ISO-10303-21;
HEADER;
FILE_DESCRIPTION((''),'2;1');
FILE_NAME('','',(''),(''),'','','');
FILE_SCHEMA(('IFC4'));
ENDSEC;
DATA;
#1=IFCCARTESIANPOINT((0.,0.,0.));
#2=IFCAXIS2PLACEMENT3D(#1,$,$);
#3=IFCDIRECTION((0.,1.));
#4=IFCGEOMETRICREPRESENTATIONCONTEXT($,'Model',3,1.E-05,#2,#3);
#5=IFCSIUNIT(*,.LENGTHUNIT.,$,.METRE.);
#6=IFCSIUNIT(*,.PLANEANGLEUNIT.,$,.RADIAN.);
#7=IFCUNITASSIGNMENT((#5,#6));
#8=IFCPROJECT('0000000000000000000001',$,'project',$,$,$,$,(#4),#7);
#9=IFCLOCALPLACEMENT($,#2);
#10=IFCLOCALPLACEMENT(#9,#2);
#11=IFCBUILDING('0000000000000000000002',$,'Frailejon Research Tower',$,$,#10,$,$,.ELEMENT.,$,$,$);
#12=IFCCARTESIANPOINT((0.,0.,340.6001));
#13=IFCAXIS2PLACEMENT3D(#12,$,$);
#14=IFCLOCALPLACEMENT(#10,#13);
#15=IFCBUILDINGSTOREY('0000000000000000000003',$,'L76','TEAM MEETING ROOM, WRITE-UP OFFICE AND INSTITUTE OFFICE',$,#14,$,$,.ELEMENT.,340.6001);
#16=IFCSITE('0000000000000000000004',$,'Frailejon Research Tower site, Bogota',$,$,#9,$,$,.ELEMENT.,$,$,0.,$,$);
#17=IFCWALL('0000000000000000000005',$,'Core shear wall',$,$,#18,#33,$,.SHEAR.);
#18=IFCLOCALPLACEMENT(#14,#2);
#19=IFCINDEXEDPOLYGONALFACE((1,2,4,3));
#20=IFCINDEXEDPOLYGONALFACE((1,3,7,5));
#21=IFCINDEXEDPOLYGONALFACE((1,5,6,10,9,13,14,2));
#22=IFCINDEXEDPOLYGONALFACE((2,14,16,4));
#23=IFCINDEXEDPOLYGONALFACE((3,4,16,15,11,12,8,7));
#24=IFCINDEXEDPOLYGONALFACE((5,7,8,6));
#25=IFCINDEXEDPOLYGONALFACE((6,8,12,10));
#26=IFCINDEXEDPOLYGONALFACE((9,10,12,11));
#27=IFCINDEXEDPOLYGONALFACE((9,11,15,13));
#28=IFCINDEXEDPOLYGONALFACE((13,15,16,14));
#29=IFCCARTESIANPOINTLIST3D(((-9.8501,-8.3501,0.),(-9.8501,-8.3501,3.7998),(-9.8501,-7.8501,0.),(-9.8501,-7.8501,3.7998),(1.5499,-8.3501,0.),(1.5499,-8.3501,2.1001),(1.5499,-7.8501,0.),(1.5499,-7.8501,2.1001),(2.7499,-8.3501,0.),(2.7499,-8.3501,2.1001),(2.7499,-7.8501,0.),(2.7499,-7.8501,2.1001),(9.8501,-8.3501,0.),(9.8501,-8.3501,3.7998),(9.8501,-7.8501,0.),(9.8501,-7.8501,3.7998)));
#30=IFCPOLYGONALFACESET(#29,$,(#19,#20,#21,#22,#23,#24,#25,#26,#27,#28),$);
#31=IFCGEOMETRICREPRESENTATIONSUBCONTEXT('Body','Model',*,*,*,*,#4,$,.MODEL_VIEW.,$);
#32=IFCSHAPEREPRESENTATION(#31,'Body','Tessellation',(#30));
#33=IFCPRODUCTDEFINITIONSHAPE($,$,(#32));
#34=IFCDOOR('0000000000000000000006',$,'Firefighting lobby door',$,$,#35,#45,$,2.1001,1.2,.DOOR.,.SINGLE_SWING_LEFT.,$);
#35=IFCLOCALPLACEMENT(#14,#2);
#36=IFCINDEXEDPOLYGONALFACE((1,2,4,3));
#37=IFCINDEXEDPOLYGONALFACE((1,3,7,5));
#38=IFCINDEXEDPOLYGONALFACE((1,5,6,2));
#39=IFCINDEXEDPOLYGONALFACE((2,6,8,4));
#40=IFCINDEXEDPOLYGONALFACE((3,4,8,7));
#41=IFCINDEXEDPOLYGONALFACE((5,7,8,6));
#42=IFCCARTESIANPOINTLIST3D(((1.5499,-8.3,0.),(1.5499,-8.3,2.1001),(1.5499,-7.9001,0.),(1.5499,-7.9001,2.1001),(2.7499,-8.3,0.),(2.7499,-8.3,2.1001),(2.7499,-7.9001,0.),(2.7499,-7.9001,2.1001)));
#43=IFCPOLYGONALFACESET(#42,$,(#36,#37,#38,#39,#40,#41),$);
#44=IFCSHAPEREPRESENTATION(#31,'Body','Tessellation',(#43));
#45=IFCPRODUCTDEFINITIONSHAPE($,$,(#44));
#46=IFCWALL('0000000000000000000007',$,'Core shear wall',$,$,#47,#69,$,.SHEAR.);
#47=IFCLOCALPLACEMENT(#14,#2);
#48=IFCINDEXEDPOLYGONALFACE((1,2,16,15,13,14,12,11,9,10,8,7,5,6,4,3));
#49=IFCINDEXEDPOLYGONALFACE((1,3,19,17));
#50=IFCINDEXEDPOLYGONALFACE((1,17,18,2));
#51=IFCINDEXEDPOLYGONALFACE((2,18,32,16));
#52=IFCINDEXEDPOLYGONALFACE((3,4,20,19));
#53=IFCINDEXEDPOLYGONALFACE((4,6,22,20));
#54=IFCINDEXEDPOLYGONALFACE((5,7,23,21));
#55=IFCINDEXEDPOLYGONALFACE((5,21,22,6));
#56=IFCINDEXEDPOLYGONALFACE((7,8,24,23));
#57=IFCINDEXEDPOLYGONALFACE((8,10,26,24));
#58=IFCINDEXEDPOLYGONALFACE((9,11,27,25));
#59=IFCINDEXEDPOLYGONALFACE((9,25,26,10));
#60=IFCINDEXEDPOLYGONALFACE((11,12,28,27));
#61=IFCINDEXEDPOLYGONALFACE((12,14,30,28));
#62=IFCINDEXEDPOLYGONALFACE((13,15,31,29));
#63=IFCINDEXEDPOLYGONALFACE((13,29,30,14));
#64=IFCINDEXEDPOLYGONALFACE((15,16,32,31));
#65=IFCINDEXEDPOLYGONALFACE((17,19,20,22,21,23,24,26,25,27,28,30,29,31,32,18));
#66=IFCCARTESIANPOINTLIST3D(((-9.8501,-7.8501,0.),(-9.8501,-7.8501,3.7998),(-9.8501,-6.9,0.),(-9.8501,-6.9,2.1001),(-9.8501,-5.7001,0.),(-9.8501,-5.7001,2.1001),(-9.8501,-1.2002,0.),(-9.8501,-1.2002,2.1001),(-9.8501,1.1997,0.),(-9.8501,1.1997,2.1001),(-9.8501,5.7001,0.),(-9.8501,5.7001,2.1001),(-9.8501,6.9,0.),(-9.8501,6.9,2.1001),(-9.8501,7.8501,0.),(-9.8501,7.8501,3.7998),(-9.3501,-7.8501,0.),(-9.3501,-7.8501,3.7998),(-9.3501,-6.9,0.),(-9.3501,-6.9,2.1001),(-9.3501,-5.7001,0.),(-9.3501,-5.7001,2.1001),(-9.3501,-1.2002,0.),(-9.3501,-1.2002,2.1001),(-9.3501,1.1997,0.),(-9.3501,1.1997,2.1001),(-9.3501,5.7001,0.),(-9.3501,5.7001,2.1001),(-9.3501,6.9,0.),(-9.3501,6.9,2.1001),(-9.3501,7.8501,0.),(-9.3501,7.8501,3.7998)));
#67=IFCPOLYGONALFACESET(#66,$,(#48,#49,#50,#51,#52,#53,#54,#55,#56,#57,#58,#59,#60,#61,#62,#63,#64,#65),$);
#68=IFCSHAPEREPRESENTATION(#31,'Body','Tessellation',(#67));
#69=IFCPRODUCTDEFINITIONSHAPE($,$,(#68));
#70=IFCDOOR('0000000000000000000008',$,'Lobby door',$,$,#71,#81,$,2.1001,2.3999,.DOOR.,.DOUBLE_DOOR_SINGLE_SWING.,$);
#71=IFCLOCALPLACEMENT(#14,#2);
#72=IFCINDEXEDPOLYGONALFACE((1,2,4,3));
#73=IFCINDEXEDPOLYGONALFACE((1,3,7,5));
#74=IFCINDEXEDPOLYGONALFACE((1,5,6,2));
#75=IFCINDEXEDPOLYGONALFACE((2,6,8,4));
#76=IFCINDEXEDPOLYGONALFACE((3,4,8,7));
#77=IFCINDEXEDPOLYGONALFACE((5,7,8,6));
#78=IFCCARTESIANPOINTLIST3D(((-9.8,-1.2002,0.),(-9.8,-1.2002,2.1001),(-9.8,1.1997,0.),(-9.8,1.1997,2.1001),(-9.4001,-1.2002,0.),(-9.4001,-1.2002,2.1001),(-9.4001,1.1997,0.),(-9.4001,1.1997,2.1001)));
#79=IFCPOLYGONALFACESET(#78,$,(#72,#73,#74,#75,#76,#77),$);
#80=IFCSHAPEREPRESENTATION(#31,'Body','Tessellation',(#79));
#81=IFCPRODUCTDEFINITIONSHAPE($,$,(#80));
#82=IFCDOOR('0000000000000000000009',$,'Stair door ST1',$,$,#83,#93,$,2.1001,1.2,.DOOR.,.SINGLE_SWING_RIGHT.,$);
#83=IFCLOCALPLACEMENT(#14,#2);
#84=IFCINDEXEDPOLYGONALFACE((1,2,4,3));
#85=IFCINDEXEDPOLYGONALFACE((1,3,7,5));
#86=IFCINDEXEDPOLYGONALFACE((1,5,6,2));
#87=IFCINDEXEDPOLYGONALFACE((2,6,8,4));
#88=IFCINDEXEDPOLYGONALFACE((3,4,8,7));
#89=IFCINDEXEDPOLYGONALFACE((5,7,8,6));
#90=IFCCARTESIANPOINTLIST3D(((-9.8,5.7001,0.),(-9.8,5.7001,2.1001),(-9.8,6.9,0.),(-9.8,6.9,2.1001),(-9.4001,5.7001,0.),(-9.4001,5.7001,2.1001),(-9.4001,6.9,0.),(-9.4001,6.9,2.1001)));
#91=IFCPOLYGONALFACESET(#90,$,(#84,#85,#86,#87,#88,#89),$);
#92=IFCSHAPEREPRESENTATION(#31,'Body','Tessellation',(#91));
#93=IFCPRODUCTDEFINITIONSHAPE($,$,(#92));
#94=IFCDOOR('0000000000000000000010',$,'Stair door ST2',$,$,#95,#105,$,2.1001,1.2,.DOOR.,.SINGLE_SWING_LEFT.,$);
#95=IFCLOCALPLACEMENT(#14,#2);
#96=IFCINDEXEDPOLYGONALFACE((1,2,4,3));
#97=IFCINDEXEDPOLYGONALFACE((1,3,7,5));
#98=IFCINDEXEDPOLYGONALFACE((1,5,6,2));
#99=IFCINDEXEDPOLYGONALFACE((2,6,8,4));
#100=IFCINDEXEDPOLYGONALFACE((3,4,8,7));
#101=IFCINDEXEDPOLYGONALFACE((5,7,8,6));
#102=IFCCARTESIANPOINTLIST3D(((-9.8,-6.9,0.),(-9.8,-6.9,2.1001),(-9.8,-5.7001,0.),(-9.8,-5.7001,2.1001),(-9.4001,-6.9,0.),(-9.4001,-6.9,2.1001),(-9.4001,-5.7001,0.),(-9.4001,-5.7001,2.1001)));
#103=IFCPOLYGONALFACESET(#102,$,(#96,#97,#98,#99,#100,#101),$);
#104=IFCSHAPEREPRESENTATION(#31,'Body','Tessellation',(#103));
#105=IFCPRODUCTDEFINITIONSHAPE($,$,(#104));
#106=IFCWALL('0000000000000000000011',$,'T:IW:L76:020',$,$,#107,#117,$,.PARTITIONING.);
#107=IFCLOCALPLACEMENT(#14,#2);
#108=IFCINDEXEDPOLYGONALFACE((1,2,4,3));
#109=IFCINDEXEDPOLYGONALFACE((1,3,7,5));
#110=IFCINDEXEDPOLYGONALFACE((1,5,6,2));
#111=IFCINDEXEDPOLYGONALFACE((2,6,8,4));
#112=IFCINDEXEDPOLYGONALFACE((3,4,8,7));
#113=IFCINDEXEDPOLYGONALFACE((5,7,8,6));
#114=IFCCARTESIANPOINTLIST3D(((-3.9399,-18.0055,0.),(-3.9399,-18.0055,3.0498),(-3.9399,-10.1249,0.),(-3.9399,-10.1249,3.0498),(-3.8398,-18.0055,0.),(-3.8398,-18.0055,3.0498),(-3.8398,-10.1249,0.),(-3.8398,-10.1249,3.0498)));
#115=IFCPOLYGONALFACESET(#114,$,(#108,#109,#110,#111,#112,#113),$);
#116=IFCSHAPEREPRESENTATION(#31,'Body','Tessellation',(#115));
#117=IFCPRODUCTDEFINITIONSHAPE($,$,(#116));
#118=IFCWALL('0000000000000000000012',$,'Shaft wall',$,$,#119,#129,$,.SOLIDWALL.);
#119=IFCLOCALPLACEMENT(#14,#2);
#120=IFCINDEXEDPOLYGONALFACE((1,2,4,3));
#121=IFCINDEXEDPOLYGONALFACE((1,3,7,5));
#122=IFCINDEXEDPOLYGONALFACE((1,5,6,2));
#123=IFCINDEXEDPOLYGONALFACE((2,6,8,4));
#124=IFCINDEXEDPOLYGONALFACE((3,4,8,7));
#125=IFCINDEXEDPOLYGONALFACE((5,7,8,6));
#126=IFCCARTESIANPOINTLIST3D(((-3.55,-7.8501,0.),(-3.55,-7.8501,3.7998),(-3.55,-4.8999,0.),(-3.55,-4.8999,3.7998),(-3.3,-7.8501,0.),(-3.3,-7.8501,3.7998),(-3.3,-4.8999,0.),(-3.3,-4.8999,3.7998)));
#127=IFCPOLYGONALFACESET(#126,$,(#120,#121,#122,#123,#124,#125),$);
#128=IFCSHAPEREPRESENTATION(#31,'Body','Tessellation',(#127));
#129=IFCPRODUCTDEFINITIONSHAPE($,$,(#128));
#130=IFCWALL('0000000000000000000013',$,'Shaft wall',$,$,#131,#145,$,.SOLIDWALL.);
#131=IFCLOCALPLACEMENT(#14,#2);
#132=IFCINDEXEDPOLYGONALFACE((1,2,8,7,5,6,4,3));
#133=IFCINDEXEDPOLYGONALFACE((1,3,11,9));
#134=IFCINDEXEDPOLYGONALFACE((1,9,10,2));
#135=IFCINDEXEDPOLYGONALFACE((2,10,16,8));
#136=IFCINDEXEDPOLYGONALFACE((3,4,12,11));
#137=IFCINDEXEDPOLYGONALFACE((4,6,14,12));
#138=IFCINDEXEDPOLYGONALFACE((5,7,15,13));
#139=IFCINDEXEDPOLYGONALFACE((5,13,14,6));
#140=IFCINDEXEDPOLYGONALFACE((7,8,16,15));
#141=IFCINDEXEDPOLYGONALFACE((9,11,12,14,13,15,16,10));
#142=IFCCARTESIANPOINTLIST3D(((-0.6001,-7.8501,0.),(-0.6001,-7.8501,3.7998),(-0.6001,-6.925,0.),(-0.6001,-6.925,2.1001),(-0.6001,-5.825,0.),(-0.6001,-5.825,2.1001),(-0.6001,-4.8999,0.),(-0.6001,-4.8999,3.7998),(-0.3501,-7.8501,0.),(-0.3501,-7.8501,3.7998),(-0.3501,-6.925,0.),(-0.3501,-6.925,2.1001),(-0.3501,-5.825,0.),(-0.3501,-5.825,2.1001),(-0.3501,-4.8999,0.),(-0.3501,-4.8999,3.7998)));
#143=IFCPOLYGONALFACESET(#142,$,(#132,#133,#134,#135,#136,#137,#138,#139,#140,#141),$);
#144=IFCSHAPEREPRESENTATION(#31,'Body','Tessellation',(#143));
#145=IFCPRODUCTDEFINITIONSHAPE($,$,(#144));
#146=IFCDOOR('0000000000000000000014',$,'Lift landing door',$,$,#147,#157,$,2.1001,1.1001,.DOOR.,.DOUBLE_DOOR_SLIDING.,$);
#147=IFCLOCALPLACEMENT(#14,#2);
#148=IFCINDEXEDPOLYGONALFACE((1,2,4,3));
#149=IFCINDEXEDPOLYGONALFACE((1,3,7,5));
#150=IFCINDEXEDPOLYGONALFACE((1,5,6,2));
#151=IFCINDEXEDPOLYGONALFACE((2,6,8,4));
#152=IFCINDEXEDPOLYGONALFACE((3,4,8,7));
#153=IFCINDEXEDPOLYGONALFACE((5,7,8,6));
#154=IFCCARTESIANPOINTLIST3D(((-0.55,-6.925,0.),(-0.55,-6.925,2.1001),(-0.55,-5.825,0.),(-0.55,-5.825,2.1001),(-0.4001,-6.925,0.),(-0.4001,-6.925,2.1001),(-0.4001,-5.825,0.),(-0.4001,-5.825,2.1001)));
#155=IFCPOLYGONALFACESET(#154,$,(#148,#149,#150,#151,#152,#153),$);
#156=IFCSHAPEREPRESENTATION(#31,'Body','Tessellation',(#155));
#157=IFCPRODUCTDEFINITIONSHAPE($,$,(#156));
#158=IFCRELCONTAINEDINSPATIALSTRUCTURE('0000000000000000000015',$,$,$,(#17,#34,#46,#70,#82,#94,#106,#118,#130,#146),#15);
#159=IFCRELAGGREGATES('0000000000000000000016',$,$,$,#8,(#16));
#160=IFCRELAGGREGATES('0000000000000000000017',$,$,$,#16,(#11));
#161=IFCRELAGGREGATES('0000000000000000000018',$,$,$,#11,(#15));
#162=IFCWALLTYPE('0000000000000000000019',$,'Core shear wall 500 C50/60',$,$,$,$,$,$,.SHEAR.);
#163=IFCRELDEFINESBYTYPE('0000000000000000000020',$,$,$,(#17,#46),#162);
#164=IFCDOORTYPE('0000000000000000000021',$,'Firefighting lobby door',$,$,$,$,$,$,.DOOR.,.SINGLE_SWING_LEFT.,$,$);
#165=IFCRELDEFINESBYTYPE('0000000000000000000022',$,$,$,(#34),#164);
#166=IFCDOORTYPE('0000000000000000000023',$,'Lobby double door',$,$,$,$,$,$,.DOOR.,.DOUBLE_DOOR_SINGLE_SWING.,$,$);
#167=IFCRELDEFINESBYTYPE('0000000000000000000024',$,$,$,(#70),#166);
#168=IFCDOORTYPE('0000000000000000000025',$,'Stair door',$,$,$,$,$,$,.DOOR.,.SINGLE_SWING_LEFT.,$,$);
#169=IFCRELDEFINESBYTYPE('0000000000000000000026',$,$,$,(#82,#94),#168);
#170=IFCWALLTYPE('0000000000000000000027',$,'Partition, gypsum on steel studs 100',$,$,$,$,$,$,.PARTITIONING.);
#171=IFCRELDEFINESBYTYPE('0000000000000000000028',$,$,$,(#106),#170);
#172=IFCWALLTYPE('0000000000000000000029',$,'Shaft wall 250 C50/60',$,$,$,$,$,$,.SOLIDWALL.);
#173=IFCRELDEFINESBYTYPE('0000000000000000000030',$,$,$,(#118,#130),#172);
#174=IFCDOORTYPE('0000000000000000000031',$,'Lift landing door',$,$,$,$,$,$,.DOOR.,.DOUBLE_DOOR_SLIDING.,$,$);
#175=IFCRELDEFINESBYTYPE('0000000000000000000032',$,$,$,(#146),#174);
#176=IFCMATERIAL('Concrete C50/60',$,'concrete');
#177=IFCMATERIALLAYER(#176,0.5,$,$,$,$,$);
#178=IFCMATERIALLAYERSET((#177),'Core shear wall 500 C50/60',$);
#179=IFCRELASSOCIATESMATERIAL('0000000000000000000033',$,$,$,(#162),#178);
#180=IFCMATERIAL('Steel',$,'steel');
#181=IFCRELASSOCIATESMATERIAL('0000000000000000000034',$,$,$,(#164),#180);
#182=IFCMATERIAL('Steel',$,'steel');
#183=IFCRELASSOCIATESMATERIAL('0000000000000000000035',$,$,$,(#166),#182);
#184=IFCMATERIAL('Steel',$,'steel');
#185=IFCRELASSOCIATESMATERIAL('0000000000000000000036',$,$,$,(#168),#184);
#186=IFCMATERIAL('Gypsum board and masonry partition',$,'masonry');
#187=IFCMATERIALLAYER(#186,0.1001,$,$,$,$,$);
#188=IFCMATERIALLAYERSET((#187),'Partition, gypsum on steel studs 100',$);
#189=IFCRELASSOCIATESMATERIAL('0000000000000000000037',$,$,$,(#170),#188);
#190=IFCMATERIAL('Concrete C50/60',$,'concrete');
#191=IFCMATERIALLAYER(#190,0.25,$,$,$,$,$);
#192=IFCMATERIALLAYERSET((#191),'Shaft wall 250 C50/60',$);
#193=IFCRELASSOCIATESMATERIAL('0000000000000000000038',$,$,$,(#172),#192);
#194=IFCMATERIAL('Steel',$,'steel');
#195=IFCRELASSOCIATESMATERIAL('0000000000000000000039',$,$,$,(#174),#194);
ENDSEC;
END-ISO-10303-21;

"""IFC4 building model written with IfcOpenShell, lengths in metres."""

from ifc_helpers import new_model, si_unit, direction, frame, frame_2d, origin, place, context, subcontext, project, spatial, rectangle, extrude, material, layer, layer_set, type_object, element, fill, save


model = new_model("IFC4")

# Units and contexts
model_context = context("Model", 3, precision=1e-05, world=origin(), true_north=direction((0.0, 1.0)))
body_context = subcontext(model_context, "Body", "Model", "MODEL_VIEW")
ifc_project = project(units=[si_unit("LENGTHUNIT", "METRE"), si_unit("PLANEANGLEUNIT", "RADIAN")], contexts=[model_context])

# Site, building, storey
site_placement = place(None, origin())
site = spatial("IfcSite", under=ifc_project, at=site_placement, Name="Frailejon Research Tower site, Bogota", CompositionType="ELEMENT", RefElevation=0.0)
building_placement = place(site_placement, origin())
building = spatial("IfcBuilding", under=site, at=building_placement, Name="Frailejon Research Tower", CompositionType="ELEMENT")
storey_placement = place(building_placement, frame((0.0, 0.0, 340.6001)))
storey = spatial("IfcBuildingStorey", under=building, at=storey_placement, Name="L76", Description="TEAM MEETING ROOM, WRITE-UP OFFICE AND INSTITUTE OFFICE", CompositionType="ELEMENT", Elevation=340.6001)

# Wall, opening, door
ifc_material_1 = material(Name="Concrete C50/60", Category="concrete")
ifc_layer_1 = layer(ifc_material_1, 0.5)
ifc_layer_set_1 = layer_set([ifc_layer_1], Name="Core shear wall 500 C50/60")
wall_type_1 = type_object("IfcWallType", Name="Core shear wall 500 C50/60", PredefinedType="SHEAR", material=ifc_layer_set_1)
wall_1_placement = place(storey_placement, frame((-9.8501, -8.1001, 0.0), z_axis=(0.0, 0.0, 1.0), x_axis=(1.0, 0.0, 0.0)))
wall_1 = element("IfcWall", 1, at=wall_1_placement, inside=storey, type_object=wall_type_1, Name="Core shear wall", PredefinedType="SHEAR", context=body_context, shape_type="SweptSolid", body=[
    extrude(rectangle(XDim=19.7002, YDim=0.5, at=frame_2d((9.8501, 0.0))), origin(), (0.0, 0.0, 1.0), 3.7998),
])
opening_1_placement = place(wall_1_placement, frame((11.3999, 0.0, 0.0)))
opening_1 = element("IfcOpeningElement", 2, at=opening_1_placement, cuts=wall_1, PredefinedType="OPENING", context=body_context, shape_type="SweptSolid", body=[
    extrude(rectangle(XDim=1.2, YDim=2.1001, at=frame_2d((0.6001, 1.05))), frame((0.0, 0.26, 0.0), z_axis=(0.0, -1.0, 0.0), x_axis=(1.0, 0.0, 0.0)), (0.0, 0.0, 1.0), 0.52),
])
ifc_material_2 = material(Name="Steel", Category="steel")
door_type_1 = type_object("IfcDoorType", Name="Firefighting lobby door", OperationType="SINGLE_SWING_LEFT", PredefinedType="DOOR", material=ifc_material_2)
door_1_placement = place(opening_1_placement, origin())
door_1 = element("IfcDoor", 3, at=door_1_placement, inside=storey, type_object=door_type_1, Name="Firefighting lobby door", OperationType="SINGLE_SWING_LEFT", OverallHeight=2.1001, OverallWidth=1.2, PredefinedType="DOOR", context=body_context, shape_type="SweptSolid", body=[
    extrude(rectangle(XDim=1.2, YDim=2.1001, at=frame_2d((0.6001, 1.05))), frame((0.0, 0.2, 0.0), z_axis=(0.0, -1.0, 0.0), x_axis=(1.0, 0.0, 0.0)), (0.0, 0.0, 1.0), 0.3999),
])
fill(opening_1, door_1)

# Wall, openings, doors
wall_2_placement = place(storey_placement, frame((-9.6001, -7.8501, 0.0), z_axis=(0.0, 0.0, 1.0), x_axis=(0.0, 1.0, 0.0)))
wall_2 = element("IfcWall", 4, at=wall_2_placement, inside=storey, type_object=wall_type_1, Name="Core shear wall", PredefinedType="SHEAR", context=body_context, shape_type="SweptSolid", body=[
    extrude(rectangle(XDim=15.7002, YDim=0.5, at=frame_2d((7.8501, 0.0))), origin(), (0.0, 0.0, 1.0), 3.7998),
])
opening_2_placement = place(wall_2_placement, frame((6.6499, 0.0, 0.0)))
opening_2 = element("IfcOpeningElement", 5, at=opening_2_placement, cuts=wall_2, PredefinedType="OPENING", context=body_context, shape_type="SweptSolid", body=[
    extrude(rectangle(XDim=2.3999, YDim=2.1001, at=frame_2d((1.2, 1.05))), frame((0.0, 0.26, 0.0), z_axis=(0.0, -1.0, 0.0), x_axis=(1.0, 0.0, 0.0)), (0.0, 0.0, 1.0), 0.52),
])
opening_3_placement = place(wall_2_placement, frame((13.55, 0.0, 0.0)))
opening_3 = element("IfcOpeningElement", 6, at=opening_3_placement, cuts=wall_2, PredefinedType="OPENING", context=body_context, shape_type="SweptSolid", body=[
    extrude(rectangle(XDim=1.2, YDim=2.1001, at=frame_2d((0.6001, 1.05))), frame((0.0, 0.26, 0.0), z_axis=(0.0, -1.0, 0.0), x_axis=(1.0, 0.0, 0.0)), (0.0, 0.0, 1.0), 0.52),
])
opening_4_placement = place(wall_2_placement, frame((0.95, 0.0, 0.0)))
opening_4 = element("IfcOpeningElement", 7, at=opening_4_placement, cuts=wall_2, PredefinedType="OPENING", context=body_context, shape_type="SweptSolid", body=[
    extrude(rectangle(XDim=1.2, YDim=2.1001, at=frame_2d((0.6001, 1.05))), frame((0.0, 0.26, 0.0), z_axis=(0.0, -1.0, 0.0), x_axis=(1.0, 0.0, 0.0)), (0.0, 0.0, 1.0), 0.52),
])
ifc_material_3 = material(Name="Steel", Category="steel")
door_type_2 = type_object("IfcDoorType", Name="Lobby double door", OperationType="DOUBLE_DOOR_SINGLE_SWING", PredefinedType="DOOR", material=ifc_material_3)
door_2_placement = place(opening_2_placement, origin())
door_2 = element("IfcDoor", 8, at=door_2_placement, inside=storey, type_object=door_type_2, Name="Lobby door", OperationType="DOUBLE_DOOR_SINGLE_SWING", OverallHeight=2.1001, OverallWidth=2.3999, PredefinedType="DOOR", context=body_context, shape_type="SweptSolid", body=[
    extrude(rectangle(XDim=2.3999, YDim=2.1001, at=frame_2d((1.2, 1.05))), frame((0.0, 0.2, 0.0), z_axis=(0.0, -1.0, 0.0), x_axis=(1.0, 0.0, 0.0)), (0.0, 0.0, 1.0), 0.3999),
])
fill(opening_2, door_2)
ifc_material_4 = material(Name="Steel", Category="steel")
door_type_3 = type_object("IfcDoorType", Name="Stair door", OperationType="SINGLE_SWING_LEFT", PredefinedType="DOOR", material=ifc_material_4)
door_3_placement = place(opening_3_placement, origin())
door_3 = element("IfcDoor", 9, at=door_3_placement, inside=storey, type_object=door_type_3, Name="Stair door ST1", OperationType="SINGLE_SWING_RIGHT", OverallHeight=2.1001, OverallWidth=1.2, PredefinedType="DOOR", context=body_context, shape_type="SweptSolid", body=[
    extrude(rectangle(XDim=1.2, YDim=2.1001, at=frame_2d((0.6001, 1.05))), frame((0.0, 0.2, 0.0), z_axis=(0.0, -1.0, 0.0), x_axis=(1.0, 0.0, 0.0)), (0.0, 0.0, 1.0), 0.3999),
])
fill(opening_3, door_3)
door_4_placement = place(opening_4_placement, origin())
door_4 = element("IfcDoor", 10, at=door_4_placement, inside=storey, type_object=door_type_3, Name="Stair door ST2", OperationType="SINGLE_SWING_LEFT", OverallHeight=2.1001, OverallWidth=1.2, PredefinedType="DOOR", context=body_context, shape_type="SweptSolid", body=[
    extrude(rectangle(XDim=1.2, YDim=2.1001, at=frame_2d((0.6001, 1.05))), frame((0.0, 0.2, 0.0), z_axis=(0.0, -1.0, 0.0), x_axis=(1.0, 0.0, 0.0)), (0.0, 0.0, 1.0), 0.3999),
])
fill(opening_4, door_4)

# Walls
ifc_material_5 = material(Name="Gypsum board and masonry partition", Category="masonry")
ifc_layer_2 = layer(ifc_material_5, 0.1001)
ifc_layer_set_2 = layer_set([ifc_layer_2], Name="Partition, gypsum on steel studs 100")
wall_type_2 = type_object("IfcWallType", Name="Partition, gypsum on steel studs 100", PredefinedType="PARTITIONING", material=ifc_layer_set_2)
wall_3_placement = place(storey_placement, frame((-3.8899, -18.0056, 0.0), z_axis=(0.0, 0.0, 1.0), x_axis=(0.0, 1.0, 0.0)))
element("IfcWall", 11, at=wall_3_placement, inside=storey, type_object=wall_type_2, Name="T:IW:L76:020", PredefinedType="PARTITIONING", context=body_context, shape_type="SweptSolid", body=[
    extrude(rectangle(XDim=7.8806, YDim=0.1001, at=frame_2d((3.9404, 0.0))), origin(), (0.0, 0.0, 1.0), 3.0498),
])
ifc_material_6 = material(Name="Concrete C50/60", Category="concrete")
ifc_layer_3 = layer(ifc_material_6, 0.25)
ifc_layer_set_3 = layer_set([ifc_layer_3], Name="Shaft wall 250 C50/60")
wall_type_3 = type_object("IfcWallType", Name="Shaft wall 250 C50/60", PredefinedType="SOLIDWALL", material=ifc_layer_set_3)
wall_4_placement = place(storey_placement, frame((-3.425, -7.8501, 0.0), z_axis=(0.0, 0.0, 1.0), x_axis=(0.0, 1.0, 0.0)))
element("IfcWall", 12, at=wall_4_placement, inside=storey, type_object=wall_type_3, Name="Shaft wall", PredefinedType="SOLIDWALL", context=body_context, shape_type="SweptSolid", body=[
    extrude(rectangle(XDim=2.9502, YDim=0.25, at=frame_2d((1.4751, 0.0))), origin(), (0.0, 0.0, 1.0), 3.7998),
])

# Wall, opening, door
wall_5_placement = place(storey_placement, frame((-0.4751, -7.8501, 0.0), z_axis=(0.0, 0.0, 1.0), x_axis=(0.0, 1.0, 0.0)))
wall_5 = element("IfcWall", 13, at=wall_5_placement, inside=storey, type_object=wall_type_3, Name="Shaft wall", PredefinedType="SOLIDWALL", context=body_context, shape_type="SweptSolid", body=[
    extrude(rectangle(XDim=2.9502, YDim=0.25, at=frame_2d((1.4751, 0.0))), origin(), (0.0, 0.0, 1.0), 3.7998),
])
opening_5_placement = place(wall_5_placement, frame((0.925, 0.0, 0.0)))
opening_5 = element("IfcOpeningElement", 14, at=opening_5_placement, cuts=wall_5, PredefinedType="OPENING", context=body_context, shape_type="SweptSolid", body=[
    extrude(rectangle(XDim=1.1001, YDim=2.1001, at=frame_2d((0.55, 1.05))), frame((0.0, 0.135, 0.0), z_axis=(0.0, -1.0, 0.0), x_axis=(1.0, 0.0, 0.0)), (0.0, 0.0, 1.0), 0.27),
])
ifc_material_7 = material(Name="Steel", Category="steel")
door_type_4 = type_object("IfcDoorType", Name="Lift landing door", OperationType="DOUBLE_DOOR_SLIDING", PredefinedType="DOOR", material=ifc_material_7)
door_5_placement = place(opening_5_placement, origin())
door_5 = element("IfcDoor", 15, at=door_5_placement, inside=storey, type_object=door_type_4, Name="Lift landing door", OperationType="DOUBLE_DOOR_SLIDING", OverallHeight=2.1001, OverallWidth=1.1001, PredefinedType="DOOR", context=body_context, shape_type="SweptSolid", body=[
    extrude(rectangle(XDim=1.1001, YDim=2.1001, at=frame_2d((0.55, 1.05))), frame((0.0, 0.075, 0.0), z_axis=(0.0, -1.0, 0.0), x_axis=(1.0, 0.0, 0.0)), (0.0, 0.0, 1.0), 0.1499),
])
fill(opening_5, door_5)

save(model, "model.ifc")
